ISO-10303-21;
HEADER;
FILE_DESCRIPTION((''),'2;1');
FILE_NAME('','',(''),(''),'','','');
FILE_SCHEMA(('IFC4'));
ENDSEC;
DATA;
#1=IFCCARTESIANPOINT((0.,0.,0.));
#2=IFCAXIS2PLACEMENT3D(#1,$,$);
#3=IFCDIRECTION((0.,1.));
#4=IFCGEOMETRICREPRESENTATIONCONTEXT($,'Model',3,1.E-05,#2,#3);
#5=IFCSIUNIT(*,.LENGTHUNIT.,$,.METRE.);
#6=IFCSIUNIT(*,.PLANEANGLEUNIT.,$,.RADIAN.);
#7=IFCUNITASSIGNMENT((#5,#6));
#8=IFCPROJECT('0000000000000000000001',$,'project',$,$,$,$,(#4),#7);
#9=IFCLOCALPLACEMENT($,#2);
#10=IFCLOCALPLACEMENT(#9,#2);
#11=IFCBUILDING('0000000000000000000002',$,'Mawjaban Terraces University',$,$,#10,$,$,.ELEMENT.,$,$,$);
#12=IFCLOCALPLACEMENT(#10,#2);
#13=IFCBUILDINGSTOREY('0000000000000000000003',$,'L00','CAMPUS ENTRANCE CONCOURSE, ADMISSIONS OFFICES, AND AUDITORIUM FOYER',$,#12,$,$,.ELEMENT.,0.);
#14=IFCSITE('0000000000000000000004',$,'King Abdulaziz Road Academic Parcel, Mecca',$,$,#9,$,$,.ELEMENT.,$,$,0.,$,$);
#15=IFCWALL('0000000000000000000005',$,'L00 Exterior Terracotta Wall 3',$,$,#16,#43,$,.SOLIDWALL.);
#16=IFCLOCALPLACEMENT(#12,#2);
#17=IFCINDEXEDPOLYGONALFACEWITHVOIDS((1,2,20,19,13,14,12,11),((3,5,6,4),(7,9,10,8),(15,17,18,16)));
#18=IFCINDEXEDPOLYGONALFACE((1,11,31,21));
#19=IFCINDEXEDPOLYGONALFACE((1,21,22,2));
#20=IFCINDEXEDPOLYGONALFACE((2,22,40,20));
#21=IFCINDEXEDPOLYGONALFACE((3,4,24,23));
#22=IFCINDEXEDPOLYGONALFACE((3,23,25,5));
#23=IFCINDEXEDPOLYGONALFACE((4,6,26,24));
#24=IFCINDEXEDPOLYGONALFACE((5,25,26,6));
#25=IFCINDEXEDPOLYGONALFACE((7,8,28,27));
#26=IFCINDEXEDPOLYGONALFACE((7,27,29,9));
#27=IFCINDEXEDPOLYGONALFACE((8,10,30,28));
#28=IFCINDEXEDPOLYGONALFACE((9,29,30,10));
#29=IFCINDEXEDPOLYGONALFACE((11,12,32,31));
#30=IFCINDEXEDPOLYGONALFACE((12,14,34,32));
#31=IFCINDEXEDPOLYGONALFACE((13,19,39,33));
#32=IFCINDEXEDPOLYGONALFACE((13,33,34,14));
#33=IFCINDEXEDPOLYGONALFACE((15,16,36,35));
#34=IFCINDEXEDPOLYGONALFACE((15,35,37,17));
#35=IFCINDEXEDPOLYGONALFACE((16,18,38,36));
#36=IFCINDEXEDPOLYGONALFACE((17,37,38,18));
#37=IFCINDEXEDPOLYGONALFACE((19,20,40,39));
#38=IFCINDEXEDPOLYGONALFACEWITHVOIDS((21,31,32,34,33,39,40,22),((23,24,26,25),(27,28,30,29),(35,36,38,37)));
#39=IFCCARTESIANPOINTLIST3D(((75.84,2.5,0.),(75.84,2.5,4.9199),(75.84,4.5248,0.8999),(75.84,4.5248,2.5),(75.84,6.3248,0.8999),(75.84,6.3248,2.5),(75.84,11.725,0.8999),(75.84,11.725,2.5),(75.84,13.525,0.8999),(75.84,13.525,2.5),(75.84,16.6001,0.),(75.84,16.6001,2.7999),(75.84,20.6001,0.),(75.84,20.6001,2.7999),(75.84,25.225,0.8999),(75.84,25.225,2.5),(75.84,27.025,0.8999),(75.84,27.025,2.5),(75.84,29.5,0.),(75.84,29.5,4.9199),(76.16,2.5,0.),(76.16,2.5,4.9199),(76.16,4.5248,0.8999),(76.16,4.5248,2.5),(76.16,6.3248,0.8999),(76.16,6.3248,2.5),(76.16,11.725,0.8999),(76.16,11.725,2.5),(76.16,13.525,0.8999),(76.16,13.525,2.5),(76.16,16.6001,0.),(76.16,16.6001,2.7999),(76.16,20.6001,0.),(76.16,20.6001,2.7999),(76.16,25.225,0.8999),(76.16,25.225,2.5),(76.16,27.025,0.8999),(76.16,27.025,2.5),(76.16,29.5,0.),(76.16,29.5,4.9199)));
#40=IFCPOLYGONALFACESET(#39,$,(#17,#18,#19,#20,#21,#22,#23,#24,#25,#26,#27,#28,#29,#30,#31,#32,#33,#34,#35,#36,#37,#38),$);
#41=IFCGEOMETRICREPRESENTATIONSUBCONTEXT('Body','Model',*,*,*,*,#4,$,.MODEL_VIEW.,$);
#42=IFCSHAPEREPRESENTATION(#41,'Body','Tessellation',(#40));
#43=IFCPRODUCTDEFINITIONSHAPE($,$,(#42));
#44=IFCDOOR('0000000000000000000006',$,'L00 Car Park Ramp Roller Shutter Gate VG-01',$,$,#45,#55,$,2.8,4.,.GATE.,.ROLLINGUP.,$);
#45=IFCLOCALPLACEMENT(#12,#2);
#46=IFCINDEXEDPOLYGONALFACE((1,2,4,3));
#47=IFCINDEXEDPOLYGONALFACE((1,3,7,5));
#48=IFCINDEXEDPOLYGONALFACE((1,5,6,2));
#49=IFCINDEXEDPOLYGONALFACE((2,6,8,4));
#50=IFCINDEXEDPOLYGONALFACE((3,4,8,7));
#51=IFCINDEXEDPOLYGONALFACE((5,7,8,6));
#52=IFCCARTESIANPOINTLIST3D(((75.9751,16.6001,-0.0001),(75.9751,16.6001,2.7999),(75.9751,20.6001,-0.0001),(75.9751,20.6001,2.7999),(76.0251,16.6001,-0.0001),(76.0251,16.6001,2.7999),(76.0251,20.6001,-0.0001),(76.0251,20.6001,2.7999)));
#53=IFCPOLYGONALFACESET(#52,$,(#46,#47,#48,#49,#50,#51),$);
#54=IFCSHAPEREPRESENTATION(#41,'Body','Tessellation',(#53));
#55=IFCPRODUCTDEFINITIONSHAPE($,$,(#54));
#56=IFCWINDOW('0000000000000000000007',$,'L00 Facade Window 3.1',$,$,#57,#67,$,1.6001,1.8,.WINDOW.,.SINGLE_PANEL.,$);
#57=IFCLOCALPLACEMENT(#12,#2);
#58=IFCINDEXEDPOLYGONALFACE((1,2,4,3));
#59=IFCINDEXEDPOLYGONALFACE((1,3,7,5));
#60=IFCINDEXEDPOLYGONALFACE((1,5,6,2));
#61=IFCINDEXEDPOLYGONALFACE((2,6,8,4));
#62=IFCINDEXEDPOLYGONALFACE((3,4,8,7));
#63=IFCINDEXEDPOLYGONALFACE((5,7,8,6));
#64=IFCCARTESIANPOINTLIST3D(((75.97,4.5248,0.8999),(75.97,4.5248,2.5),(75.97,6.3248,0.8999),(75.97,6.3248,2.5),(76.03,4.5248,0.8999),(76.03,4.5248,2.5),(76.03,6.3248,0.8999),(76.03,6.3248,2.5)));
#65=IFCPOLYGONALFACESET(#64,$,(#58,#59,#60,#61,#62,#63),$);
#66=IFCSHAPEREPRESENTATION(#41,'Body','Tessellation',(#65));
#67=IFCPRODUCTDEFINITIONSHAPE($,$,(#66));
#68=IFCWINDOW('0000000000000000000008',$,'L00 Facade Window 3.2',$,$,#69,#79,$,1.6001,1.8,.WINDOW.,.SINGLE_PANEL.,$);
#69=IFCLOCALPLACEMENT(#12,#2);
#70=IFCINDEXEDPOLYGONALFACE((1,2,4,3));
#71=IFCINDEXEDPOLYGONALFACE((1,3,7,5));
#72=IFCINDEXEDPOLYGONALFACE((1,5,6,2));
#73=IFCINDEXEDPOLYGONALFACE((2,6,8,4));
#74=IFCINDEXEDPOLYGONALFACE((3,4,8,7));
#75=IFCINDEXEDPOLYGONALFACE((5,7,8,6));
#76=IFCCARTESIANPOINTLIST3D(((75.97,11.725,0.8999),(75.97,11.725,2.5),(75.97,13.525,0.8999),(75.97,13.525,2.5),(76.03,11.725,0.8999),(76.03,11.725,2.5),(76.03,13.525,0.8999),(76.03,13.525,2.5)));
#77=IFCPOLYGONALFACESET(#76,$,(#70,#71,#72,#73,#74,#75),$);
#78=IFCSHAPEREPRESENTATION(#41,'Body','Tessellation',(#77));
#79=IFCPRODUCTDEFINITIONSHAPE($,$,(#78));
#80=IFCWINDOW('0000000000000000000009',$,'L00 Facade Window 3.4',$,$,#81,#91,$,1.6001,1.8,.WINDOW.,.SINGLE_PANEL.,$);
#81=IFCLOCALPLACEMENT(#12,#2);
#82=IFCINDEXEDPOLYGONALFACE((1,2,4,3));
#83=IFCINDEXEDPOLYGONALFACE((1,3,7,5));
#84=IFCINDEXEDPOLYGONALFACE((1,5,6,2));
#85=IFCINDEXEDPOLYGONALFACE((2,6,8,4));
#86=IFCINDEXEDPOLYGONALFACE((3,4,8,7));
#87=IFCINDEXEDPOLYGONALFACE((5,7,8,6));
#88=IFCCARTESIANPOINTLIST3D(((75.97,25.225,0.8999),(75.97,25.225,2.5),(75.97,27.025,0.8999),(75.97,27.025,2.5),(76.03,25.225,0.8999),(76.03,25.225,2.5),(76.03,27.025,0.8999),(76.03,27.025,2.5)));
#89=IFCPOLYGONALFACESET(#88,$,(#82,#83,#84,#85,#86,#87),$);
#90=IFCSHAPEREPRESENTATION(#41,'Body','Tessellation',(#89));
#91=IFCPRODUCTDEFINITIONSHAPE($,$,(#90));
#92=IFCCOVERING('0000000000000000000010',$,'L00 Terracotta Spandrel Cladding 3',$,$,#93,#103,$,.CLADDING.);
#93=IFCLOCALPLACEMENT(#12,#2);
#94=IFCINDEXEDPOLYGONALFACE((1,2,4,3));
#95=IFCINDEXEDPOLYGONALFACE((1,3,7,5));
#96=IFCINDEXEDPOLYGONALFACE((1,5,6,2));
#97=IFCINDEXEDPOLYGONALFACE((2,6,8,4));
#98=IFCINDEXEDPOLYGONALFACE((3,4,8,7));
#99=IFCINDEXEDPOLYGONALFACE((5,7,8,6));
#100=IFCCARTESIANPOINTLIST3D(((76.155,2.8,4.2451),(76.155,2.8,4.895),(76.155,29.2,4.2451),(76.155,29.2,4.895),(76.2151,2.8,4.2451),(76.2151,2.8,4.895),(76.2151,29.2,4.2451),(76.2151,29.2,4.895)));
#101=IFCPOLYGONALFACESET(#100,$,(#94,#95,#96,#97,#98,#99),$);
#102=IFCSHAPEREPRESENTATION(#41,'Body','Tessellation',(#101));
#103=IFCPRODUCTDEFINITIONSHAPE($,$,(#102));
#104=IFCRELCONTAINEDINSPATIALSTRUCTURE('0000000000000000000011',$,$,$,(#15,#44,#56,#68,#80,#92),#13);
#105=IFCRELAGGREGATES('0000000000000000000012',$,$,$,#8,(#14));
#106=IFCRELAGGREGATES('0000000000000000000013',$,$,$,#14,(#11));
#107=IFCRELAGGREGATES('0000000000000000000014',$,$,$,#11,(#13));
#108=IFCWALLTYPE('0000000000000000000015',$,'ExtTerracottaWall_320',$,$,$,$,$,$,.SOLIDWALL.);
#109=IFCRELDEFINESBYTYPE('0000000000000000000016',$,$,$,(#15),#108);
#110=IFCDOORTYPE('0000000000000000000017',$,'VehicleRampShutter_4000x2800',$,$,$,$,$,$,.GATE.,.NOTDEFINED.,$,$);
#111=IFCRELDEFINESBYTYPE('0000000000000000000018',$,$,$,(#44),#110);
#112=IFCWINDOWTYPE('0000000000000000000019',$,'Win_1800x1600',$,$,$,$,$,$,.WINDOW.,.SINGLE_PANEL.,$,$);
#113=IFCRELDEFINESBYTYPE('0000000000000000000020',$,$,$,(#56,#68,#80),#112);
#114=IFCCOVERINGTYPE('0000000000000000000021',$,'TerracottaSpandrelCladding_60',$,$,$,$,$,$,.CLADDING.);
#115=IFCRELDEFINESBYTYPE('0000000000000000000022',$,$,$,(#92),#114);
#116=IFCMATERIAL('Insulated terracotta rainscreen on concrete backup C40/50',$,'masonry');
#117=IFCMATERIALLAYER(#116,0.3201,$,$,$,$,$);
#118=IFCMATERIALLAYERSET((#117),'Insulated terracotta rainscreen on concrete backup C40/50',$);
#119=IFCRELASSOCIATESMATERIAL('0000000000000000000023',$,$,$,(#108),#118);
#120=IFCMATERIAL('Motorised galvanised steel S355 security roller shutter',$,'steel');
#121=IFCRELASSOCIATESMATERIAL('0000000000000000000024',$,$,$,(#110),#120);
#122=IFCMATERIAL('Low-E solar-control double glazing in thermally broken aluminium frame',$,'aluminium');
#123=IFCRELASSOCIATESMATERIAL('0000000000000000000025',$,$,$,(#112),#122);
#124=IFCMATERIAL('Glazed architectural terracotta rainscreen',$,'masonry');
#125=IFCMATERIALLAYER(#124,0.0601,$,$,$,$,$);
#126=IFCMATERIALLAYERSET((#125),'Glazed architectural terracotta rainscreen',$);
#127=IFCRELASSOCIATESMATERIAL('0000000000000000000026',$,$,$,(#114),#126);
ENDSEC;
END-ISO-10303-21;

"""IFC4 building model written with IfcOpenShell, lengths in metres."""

from ifc_helpers import new_model, si_unit, direction, frame, frame_2d, origin, origin_2d, place, context, subcontext, project, spatial, rectangle, extrude, material, layer, layer_set, type_object, element, fill, save


model = new_model("IFC4")

# Units and contexts
model_context = context("Model", 3, precision=1e-05, world=origin(), true_north=direction((0.0, 1.0)))
body_context = subcontext(model_context, "Body", "Model", "MODEL_VIEW")
ifc_project = project(units=[si_unit("LENGTHUNIT", "METRE"), si_unit("PLANEANGLEUNIT", "RADIAN")], contexts=[model_context])

# Site, building, storey
site_placement = place(None, origin())
site = spatial("IfcSite", under=ifc_project, at=site_placement, Name="King Abdulaziz Road Academic Parcel, Mecca", CompositionType="ELEMENT", RefElevation=0.0)
building_placement = place(site_placement, origin())
building = spatial("IfcBuilding", under=site, at=building_placement, Name="Mawjaban Terraces University", CompositionType="ELEMENT")
storey_placement = place(building_placement, origin())
storey = spatial("IfcBuildingStorey", under=building, at=storey_placement, Name="L00", Description="CAMPUS ENTRANCE CONCOURSE, ADMISSIONS OFFICES, AND AUDITORIUM FOYER", CompositionType="ELEMENT", Elevation=0.0)

# Shared definitions
ifc_material_1 = material(Name="Insulated terracotta rainscreen on concrete backup C40/50", Category="masonry")
ifc_layer_1 = layer(ifc_material_1, 0.3201)
ifc_layer_set_1 = layer_set([ifc_layer_1], Name="Insulated terracotta rainscreen on concrete backup C40/50")
wall_type_1 = type_object("IfcWallType", Name="ExtTerracottaWall_320", PredefinedType="SOLIDWALL", material=ifc_layer_set_1)

# Wall, openings, door, windows
wall_1_placement = place(storey_placement, frame((76.0, 2.5, 0.0), z_axis=(0.0, 0.0, 1.0), x_axis=(0.0, 1.0, 0.0)))
wall_1 = element("IfcWall", 1, at=wall_1_placement, inside=storey, type_object=wall_type_1, Name="L00 Exterior Terracotta Wall 3", PredefinedType="SOLIDWALL", context=body_context, shape_type="SweptSolid", body=[
    extrude(rectangle(XDim=27.0, YDim=0.3201, at=frame_2d((13.5, 0.0))), origin(), (0.0, 0.0, 1.0), 4.9199),
])
opening_1_placement = place(wall_1_placement, frame((14.1001, 0.0, 0.0)))
opening_1 = element("IfcOpeningElement", 2, at=opening_1_placement, cuts=wall_1, PredefinedType="OPENING", context=body_context, shape_type="SweptSolid", body=[
    extrude(rectangle(XDim=4.0, YDim=2.8, at=frame_2d((2.0, 1.3999))), frame((0.0, 0.1699, 0.0), z_axis=(0.0, -1.0, 0.0), x_axis=(1.0, 0.0, 0.0)), (0.0, 0.0, 1.0), 0.3401),
])
opening_2_placement = place(wall_1_placement, frame((2.0249, 0.0, 0.8999)))
opening_2 = element("IfcOpeningElement", 3, at=opening_2_placement, cuts=wall_1, PredefinedType="OPENING", context=body_context, shape_type="SweptSolid", body=[
    extrude(rectangle(XDim=1.8, YDim=1.6001, at=frame_2d((0.8999, 0.8))), frame((0.0, 0.1699, 0.0), z_axis=(0.0, -1.0, 0.0), x_axis=(1.0, 0.0, 0.0)), (0.0, 0.0, 1.0), 0.3401),
])
opening_3_placement = place(wall_1_placement, frame((9.2251, 0.0, 0.8999)))
opening_3 = element("IfcOpeningElement", 4, at=opening_3_placement, cuts=wall_1, PredefinedType="OPENING", context=body_context, shape_type="SweptSolid", body=[
    extrude(rectangle(XDim=1.8, YDim=1.6001, at=frame_2d((0.8999, 0.8))), frame((0.0, 0.1699, 0.0), z_axis=(0.0, -1.0, 0.0), x_axis=(1.0, 0.0, 0.0)), (0.0, 0.0, 1.0), 0.3401),
])
opening_4_placement = place(wall_1_placement, frame((22.7251, 0.0, 0.8999)))
opening_4 = element("IfcOpeningElement", 5, at=opening_4_placement, cuts=wall_1, PredefinedType="OPENING", context=body_context, shape_type="SweptSolid", body=[
    extrude(rectangle(XDim=1.8, YDim=1.6001, at=frame_2d((0.8999, 0.8))), frame((0.0, 0.1699, 0.0), z_axis=(0.0, -1.0, 0.0), x_axis=(1.0, 0.0, 0.0)), (0.0, 0.0, 1.0), 0.3401),
])
ifc_material_2 = material(Name="Motorised galvanised steel S355 security roller shutter", Category="steel")
door_type = type_object("IfcDoorType", Name="VehicleRampShutter_4000x2800", OperationType="NOTDEFINED", PredefinedType="GATE", material=ifc_material_2)
door_placement = place(opening_1_placement, origin())
door = element("IfcDoor", 6, at=door_placement, inside=storey, type_object=door_type, Name="L00 Car Park Ramp Roller Shutter Gate VG-01", OperationType="ROLLINGUP", OverallHeight=2.8, OverallWidth=4.0, PredefinedType="GATE", context=body_context, shape_type="SweptSolid", body=[
    extrude(rectangle(XDim=4.0, YDim=2.8, at=frame_2d((2.0, 1.3999))), frame((0.0, 0.0249, 0.0), z_axis=(0.0, -1.0, 0.0), x_axis=(1.0, 0.0, 0.0)), (0.0, 0.0, 1.0), 0.05),
])
fill(opening_1, door)
ifc_material_3 = material(Name="Low-E solar-control double glazing in thermally broken aluminium frame", Category="aluminium")
window_type = type_object("IfcWindowType", Name="Win_1800x1600", PartitioningType="SINGLE_PANEL", PredefinedType="WINDOW", material=ifc_material_3)
window_1_placement = place(opening_2_placement, origin())
window_1 = element("IfcWindow", 7, at=window_1_placement, inside=storey, type_object=window_type, Name="L00 Facade Window 3.1", OverallHeight=1.6001, OverallWidth=1.8, PartitioningType="SINGLE_PANEL", PredefinedType="WINDOW", context=body_context, shape_type="SweptSolid", body=[
    extrude(rectangle(XDim=1.8, YDim=1.6001, at=frame_2d((0.8999, 0.8))), frame((0.0, 0.03, 0.0), z_axis=(0.0, -1.0, 0.0), x_axis=(1.0, 0.0, 0.0)), (0.0, 0.0, 1.0), 0.0601),
])
fill(opening_2, window_1)
window_2_placement = place(opening_3_placement, origin())
window_2 = element("IfcWindow", 8, at=window_2_placement, inside=storey, type_object=window_type, Name="L00 Facade Window 3.2", OverallHeight=1.6001, OverallWidth=1.8, PartitioningType="SINGLE_PANEL", PredefinedType="WINDOW", context=body_context, shape_type="SweptSolid", body=[
    extrude(rectangle(XDim=1.8, YDim=1.6001, at=frame_2d((0.8999, 0.8))), frame((0.0, 0.03, 0.0), z_axis=(0.0, -1.0, 0.0), x_axis=(1.0, 0.0, 0.0)), (0.0, 0.0, 1.0), 0.0601),
])
fill(opening_3, window_2)
window_3_placement = place(opening_4_placement, origin())
window_3 = element("IfcWindow", 9, at=window_3_placement, inside=storey, type_object=window_type, Name="L00 Facade Window 3.4", OverallHeight=1.6001, OverallWidth=1.8, PartitioningType="SINGLE_PANEL", PredefinedType="WINDOW", context=body_context, shape_type="SweptSolid", body=[
    extrude(rectangle(XDim=1.8, YDim=1.6001, at=frame_2d((0.8999, 0.8))), frame((0.0, 0.03, 0.0), z_axis=(0.0, -1.0, 0.0), x_axis=(1.0, 0.0, 0.0)), (0.0, 0.0, 1.0), 0.0601),
])
fill(opening_4, window_3)

# Covering
ifc_material_4 = material(Name="Glazed architectural terracotta rainscreen", Category="masonry")
ifc_layer_2 = layer(ifc_material_4, 0.0601)
ifc_layer_set_2 = layer_set([ifc_layer_2], Name="Glazed architectural terracotta rainscreen")
covering_type = type_object("IfcCoveringType", Name="TerracottaSpandrelCladding_60", PredefinedType="CLADDING", material=ifc_layer_set_2)
covering_placement = place(storey_placement, frame((76.1851, 16.0, 4.2451), z_axis=(0.0, 0.0, 1.0), x_axis=(0.0, 1.0, 0.0)))
element("IfcCovering", 10, at=covering_placement, inside=storey, type_object=covering_type, Name="L00 Terracotta Spandrel Cladding 3", PredefinedType="CLADDING", context=body_context, shape_type="SweptSolid", body=[
    extrude(rectangle(XDim=26.3999, YDim=0.0601, at=origin_2d()), origin(), (0.0, 0.0, 1.0), 0.6499),
])

save(model, "model.ifc")
